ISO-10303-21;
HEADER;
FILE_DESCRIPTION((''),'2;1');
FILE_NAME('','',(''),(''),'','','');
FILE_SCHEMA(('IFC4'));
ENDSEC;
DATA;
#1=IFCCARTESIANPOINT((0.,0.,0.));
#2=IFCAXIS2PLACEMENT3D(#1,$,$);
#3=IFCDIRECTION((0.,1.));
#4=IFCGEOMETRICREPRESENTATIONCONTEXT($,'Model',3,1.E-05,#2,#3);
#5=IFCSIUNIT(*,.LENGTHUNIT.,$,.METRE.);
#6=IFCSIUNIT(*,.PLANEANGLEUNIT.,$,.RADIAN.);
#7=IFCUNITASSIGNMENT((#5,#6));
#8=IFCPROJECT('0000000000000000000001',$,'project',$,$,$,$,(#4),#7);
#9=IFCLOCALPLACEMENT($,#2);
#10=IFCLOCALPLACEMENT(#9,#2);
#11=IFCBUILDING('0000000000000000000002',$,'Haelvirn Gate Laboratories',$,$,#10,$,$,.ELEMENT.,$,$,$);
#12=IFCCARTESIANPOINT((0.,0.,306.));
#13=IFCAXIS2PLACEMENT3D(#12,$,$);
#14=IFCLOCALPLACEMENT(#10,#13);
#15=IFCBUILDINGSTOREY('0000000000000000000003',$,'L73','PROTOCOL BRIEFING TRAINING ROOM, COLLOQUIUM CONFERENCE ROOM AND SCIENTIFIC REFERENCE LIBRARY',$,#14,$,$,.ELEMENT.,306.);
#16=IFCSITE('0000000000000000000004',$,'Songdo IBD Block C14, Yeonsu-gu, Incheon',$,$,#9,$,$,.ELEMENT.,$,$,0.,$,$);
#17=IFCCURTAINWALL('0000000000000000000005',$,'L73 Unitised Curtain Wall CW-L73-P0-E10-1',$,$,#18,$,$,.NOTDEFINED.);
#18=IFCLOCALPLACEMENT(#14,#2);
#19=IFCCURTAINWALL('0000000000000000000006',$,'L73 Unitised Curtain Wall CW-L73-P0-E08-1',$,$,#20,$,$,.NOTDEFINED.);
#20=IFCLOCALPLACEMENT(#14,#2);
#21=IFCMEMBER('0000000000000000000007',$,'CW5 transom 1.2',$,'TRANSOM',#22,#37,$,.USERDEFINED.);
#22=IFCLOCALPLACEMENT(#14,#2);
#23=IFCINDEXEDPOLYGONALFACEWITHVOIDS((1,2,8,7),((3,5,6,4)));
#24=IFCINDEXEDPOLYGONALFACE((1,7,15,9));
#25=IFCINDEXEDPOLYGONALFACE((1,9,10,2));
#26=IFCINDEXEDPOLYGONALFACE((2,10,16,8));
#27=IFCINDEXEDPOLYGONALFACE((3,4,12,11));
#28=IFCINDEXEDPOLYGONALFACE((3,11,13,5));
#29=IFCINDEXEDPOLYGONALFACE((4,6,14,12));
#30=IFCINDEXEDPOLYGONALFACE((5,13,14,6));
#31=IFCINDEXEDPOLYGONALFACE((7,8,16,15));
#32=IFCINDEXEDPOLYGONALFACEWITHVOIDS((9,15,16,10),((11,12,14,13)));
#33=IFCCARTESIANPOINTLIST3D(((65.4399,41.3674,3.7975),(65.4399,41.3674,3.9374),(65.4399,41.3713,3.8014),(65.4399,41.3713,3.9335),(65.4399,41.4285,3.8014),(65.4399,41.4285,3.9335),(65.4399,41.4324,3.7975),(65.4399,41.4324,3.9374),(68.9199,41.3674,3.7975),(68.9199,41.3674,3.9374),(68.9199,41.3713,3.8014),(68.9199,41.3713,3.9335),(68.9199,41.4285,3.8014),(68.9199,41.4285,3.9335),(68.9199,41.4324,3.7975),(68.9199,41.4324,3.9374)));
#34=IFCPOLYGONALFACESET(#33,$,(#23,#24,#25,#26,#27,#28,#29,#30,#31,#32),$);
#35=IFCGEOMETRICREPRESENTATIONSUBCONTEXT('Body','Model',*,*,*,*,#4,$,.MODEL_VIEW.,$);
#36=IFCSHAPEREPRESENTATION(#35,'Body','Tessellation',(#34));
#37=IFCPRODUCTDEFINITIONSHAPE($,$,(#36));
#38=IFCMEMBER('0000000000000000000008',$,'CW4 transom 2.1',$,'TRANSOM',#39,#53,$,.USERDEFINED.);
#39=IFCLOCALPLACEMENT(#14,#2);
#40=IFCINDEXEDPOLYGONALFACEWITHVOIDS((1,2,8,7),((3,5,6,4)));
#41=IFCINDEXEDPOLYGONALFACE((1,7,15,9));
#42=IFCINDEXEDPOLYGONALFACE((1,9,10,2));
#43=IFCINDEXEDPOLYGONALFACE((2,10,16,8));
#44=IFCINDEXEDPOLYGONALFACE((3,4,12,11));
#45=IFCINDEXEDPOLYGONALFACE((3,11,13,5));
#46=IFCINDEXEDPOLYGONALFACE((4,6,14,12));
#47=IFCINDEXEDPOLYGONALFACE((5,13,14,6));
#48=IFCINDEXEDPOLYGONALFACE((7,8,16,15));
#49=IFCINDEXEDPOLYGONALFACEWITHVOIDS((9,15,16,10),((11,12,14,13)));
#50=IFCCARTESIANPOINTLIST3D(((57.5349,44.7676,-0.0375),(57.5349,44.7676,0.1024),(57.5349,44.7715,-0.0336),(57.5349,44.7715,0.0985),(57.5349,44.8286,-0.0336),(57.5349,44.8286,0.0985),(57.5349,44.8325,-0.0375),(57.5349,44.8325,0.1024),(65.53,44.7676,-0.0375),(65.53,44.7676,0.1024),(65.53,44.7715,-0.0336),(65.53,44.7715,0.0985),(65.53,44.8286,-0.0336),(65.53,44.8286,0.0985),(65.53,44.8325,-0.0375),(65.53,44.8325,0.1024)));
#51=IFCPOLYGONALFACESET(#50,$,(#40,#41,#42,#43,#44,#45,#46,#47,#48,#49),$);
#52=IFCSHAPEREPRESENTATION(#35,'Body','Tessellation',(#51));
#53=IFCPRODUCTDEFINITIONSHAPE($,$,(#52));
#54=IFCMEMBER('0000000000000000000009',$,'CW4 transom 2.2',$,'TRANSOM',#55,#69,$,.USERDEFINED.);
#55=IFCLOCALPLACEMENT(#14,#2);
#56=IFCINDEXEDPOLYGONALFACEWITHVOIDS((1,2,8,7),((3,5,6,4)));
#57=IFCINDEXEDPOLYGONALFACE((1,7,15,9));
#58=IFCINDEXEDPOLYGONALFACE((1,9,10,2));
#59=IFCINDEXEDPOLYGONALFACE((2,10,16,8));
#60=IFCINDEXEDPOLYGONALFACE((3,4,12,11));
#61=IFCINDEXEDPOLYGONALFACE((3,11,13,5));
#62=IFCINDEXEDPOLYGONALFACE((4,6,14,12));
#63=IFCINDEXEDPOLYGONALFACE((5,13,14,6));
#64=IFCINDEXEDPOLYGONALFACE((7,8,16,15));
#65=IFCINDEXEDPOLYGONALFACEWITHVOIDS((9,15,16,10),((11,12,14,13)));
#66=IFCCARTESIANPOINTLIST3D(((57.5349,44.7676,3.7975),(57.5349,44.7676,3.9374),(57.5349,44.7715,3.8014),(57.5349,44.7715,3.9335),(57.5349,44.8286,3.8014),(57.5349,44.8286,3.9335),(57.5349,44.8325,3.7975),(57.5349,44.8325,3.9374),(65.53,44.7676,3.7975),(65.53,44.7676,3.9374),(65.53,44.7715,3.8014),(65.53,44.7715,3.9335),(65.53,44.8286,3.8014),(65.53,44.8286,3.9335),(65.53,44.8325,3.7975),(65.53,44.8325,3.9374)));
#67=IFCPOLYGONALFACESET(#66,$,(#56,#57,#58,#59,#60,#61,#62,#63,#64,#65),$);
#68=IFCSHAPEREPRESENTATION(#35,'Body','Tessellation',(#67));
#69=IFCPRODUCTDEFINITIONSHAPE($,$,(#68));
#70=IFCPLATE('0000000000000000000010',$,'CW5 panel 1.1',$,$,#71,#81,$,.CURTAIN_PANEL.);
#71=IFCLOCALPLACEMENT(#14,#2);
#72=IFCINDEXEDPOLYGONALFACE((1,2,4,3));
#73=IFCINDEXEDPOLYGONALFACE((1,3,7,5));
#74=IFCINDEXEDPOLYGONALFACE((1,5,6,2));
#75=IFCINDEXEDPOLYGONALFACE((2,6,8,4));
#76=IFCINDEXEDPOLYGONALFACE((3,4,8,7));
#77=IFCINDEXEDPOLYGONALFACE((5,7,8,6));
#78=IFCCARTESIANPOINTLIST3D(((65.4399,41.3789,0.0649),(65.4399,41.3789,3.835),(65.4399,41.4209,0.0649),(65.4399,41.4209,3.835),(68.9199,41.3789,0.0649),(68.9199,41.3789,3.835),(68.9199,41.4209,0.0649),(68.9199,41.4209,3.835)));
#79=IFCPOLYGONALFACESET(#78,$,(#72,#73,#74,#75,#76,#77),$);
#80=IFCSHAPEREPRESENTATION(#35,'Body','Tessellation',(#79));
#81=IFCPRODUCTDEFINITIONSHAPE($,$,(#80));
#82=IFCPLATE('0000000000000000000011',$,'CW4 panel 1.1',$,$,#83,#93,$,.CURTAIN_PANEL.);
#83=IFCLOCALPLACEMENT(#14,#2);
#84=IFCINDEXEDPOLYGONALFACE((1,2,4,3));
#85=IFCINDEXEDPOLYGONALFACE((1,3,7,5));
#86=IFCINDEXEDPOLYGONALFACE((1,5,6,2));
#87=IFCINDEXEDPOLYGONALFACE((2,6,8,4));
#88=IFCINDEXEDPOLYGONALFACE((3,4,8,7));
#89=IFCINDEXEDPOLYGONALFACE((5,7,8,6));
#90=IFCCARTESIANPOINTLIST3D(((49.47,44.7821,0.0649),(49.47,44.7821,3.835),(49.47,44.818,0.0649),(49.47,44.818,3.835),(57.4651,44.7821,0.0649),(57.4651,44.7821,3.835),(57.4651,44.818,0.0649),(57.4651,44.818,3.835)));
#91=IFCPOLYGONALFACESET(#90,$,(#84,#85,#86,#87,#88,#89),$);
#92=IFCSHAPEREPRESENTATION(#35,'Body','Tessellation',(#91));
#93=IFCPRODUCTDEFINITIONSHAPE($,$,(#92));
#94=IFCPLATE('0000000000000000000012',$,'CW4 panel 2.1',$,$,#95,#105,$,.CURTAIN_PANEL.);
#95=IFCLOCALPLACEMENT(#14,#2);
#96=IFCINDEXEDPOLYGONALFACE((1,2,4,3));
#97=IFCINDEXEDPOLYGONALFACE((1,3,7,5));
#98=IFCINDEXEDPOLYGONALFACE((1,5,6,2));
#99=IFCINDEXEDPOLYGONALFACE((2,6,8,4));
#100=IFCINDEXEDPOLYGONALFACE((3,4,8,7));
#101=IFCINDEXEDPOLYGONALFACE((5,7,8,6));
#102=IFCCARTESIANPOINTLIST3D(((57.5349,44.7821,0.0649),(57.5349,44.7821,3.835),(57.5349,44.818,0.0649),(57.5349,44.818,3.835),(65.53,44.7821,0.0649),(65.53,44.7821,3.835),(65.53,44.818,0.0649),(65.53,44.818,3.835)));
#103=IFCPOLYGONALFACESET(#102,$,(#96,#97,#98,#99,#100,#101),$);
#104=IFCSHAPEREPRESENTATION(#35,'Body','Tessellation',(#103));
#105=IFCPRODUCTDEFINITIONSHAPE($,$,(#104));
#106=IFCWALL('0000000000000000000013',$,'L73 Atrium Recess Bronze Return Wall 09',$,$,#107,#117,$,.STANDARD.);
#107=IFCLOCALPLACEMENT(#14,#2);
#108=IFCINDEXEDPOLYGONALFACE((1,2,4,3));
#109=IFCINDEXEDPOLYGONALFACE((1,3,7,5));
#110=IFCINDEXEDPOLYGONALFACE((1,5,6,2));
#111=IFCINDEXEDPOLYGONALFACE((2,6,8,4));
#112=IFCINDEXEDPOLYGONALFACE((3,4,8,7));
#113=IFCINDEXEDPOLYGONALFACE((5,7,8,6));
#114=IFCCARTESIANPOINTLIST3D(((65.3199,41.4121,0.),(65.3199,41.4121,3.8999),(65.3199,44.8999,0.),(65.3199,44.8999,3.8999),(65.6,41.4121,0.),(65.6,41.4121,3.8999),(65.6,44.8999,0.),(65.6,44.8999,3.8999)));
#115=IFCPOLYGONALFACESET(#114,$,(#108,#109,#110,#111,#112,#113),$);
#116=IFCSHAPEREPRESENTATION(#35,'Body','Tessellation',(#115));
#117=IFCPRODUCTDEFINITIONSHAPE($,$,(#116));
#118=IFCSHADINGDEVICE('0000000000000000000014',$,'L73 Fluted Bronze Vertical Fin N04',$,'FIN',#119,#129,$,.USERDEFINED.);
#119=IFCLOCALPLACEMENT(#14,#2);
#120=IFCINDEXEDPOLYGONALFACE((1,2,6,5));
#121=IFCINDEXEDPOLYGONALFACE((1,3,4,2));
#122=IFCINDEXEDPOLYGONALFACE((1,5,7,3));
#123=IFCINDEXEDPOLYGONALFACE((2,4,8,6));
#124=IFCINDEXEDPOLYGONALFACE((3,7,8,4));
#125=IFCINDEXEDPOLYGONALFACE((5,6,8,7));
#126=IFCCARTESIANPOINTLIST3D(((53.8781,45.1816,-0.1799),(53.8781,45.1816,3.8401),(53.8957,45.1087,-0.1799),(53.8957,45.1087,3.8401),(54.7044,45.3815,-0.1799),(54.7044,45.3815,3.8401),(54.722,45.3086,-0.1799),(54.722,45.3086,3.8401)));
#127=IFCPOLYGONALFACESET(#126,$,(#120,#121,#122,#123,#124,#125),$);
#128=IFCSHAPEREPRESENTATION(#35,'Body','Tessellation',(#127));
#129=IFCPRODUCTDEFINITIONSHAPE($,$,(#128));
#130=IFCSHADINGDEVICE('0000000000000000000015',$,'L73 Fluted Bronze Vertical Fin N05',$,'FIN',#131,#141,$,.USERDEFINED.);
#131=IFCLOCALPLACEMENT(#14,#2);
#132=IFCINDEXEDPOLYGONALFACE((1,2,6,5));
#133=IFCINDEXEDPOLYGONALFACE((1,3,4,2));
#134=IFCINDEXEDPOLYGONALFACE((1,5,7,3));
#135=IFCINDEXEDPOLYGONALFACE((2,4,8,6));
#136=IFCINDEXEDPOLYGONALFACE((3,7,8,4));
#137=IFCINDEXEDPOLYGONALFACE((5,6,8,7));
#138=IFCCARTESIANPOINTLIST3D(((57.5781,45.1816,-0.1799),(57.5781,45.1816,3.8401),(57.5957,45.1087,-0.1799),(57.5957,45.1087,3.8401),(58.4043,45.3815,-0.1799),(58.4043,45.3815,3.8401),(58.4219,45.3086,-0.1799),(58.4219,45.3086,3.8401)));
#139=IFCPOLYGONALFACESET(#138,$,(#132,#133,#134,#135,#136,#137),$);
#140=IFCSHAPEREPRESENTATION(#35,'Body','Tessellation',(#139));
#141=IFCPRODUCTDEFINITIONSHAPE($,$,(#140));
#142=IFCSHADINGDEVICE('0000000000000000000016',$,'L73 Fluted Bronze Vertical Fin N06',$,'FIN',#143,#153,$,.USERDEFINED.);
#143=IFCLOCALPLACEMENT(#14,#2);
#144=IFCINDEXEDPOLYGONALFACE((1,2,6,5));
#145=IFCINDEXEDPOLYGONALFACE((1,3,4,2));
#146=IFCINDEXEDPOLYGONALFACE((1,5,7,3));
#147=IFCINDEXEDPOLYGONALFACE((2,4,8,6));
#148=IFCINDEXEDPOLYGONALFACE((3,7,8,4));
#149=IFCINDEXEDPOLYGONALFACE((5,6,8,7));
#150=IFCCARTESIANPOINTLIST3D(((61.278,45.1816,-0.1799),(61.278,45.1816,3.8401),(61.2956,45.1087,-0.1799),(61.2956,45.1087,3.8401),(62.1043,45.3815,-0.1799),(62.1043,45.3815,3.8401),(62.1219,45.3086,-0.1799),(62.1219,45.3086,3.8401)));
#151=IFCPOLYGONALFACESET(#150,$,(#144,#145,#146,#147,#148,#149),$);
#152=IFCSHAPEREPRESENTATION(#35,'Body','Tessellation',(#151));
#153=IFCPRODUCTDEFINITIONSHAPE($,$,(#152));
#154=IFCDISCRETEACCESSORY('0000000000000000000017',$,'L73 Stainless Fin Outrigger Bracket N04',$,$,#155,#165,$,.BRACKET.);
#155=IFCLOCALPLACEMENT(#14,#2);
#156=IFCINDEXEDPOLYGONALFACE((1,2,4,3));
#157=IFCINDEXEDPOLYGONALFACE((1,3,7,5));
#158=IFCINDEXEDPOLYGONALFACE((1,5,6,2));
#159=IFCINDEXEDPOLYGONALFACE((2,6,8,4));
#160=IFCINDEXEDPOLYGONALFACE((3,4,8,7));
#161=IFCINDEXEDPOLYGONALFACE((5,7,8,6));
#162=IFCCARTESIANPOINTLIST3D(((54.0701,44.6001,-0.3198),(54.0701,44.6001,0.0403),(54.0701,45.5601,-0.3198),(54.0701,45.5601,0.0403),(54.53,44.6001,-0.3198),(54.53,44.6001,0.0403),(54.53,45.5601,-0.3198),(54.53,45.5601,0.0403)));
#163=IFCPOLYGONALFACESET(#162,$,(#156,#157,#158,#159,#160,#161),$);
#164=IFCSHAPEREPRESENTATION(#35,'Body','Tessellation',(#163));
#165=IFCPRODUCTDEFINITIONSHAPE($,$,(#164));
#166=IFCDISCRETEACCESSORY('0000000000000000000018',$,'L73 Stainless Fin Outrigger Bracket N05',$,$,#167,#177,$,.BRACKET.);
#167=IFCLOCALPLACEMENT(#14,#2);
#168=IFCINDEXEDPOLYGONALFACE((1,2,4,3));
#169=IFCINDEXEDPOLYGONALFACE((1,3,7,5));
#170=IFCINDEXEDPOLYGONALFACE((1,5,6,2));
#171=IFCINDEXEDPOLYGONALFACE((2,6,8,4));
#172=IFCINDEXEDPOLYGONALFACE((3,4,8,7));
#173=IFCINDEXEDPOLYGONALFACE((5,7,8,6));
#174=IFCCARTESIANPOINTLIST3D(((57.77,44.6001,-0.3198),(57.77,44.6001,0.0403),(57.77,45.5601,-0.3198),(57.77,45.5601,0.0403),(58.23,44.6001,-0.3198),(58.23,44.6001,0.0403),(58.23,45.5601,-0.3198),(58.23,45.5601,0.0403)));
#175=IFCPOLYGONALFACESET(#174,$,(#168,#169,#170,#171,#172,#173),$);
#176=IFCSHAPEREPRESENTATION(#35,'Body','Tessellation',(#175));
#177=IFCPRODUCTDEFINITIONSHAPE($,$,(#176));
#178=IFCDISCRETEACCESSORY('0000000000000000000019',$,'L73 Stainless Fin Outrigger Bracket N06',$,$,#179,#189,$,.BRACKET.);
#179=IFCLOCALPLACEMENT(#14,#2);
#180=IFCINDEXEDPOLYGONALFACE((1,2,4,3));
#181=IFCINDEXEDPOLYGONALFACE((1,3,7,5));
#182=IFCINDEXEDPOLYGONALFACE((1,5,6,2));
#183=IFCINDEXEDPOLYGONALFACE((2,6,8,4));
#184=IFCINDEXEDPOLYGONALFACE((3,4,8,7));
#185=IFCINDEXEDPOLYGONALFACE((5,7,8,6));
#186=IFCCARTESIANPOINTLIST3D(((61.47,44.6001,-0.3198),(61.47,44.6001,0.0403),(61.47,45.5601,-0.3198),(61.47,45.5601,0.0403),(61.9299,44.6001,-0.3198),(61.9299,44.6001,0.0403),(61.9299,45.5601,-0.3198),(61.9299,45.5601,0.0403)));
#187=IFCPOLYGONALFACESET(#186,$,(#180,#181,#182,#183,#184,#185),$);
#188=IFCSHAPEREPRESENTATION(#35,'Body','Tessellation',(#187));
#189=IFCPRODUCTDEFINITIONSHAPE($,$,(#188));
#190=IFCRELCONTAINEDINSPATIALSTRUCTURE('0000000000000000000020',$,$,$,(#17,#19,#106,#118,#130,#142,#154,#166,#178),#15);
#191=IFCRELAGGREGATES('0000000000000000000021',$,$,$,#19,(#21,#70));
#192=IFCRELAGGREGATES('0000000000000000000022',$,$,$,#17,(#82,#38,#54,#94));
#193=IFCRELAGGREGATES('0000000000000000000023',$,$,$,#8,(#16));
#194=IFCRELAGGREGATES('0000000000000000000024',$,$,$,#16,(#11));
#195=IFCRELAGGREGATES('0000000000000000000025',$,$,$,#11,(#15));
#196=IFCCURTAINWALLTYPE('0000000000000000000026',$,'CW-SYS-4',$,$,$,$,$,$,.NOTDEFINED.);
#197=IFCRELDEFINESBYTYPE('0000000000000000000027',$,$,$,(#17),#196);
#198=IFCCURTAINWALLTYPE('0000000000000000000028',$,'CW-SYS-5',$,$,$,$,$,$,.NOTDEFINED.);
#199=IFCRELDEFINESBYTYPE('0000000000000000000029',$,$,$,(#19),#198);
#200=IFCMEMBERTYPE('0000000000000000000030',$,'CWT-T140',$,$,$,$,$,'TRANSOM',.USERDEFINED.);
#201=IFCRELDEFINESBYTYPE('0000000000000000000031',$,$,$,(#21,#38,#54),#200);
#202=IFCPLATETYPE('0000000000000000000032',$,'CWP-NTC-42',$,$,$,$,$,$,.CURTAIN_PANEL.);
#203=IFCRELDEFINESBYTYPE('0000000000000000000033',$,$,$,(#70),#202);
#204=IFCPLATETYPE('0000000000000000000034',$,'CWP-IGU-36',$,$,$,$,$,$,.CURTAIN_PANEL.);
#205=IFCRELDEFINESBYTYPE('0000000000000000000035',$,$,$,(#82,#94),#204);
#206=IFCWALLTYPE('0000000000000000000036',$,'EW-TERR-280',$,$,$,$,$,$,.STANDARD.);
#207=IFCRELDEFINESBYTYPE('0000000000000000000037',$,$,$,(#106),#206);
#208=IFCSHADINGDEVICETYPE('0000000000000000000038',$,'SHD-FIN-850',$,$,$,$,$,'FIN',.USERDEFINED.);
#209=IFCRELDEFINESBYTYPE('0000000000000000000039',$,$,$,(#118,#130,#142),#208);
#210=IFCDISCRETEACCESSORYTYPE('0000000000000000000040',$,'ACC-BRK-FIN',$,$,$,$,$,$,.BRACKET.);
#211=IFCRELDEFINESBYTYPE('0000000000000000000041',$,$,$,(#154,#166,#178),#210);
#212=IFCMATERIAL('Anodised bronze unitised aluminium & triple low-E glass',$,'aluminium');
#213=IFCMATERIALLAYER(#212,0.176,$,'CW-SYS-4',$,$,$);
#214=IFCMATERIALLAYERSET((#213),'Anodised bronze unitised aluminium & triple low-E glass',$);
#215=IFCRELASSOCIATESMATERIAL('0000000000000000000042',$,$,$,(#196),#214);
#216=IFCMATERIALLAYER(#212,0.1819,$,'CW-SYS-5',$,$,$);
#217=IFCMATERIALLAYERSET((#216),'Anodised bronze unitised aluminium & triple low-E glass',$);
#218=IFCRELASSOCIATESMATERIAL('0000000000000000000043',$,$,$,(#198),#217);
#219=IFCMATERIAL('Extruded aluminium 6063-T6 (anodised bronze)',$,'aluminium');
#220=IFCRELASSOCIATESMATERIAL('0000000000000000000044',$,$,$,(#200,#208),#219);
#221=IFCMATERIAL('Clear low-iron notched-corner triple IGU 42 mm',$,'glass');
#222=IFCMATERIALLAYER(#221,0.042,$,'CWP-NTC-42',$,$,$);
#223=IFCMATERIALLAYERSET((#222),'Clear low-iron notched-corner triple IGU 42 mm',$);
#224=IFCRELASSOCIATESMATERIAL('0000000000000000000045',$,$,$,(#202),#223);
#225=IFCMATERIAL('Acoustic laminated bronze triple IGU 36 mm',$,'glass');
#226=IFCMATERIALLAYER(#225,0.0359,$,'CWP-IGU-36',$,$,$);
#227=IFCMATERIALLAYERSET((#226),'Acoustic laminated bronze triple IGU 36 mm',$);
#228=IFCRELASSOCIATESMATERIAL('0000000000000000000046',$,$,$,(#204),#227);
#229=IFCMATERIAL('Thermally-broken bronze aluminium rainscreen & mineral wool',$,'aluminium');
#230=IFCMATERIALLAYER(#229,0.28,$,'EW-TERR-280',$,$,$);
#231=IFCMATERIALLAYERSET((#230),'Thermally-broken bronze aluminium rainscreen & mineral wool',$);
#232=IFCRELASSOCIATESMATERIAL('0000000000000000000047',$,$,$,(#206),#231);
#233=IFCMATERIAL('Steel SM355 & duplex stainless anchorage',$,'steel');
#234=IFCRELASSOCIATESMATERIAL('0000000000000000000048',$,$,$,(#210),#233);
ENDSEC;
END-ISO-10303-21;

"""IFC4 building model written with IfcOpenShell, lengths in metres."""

from ifc_helpers import new_model, si_unit, direction, frame, frame_2d, origin, origin_2d, place, context, subcontext, project, spatial, rectangle, hollow_rectangle, extrude, source, transform, mapped, material, layer, layer_set, material_profile, profile_set, type_object, type_shapes, element, aggregate, save


model = new_model("IFC4")

# Units and contexts
model_context = context("Model", 3, precision=1e-05, world=origin(), true_north=direction((0.0, 1.0)))
body_context = subcontext(model_context, "Body", "Model", "MODEL_VIEW")
ifc_project = project(units=[si_unit("LENGTHUNIT", "METRE"), si_unit("PLANEANGLEUNIT", "RADIAN")], contexts=[model_context])

# Site, building, storey
site_placement = place(None, origin())
site = spatial("IfcSite", under=ifc_project, at=site_placement, Name="Songdo IBD Block C14, Yeonsu-gu, Incheon", CompositionType="ELEMENT", RefElevation=0.0)
building_placement = place(site_placement, origin())
building = spatial("IfcBuilding", under=site, at=building_placement, Name="Haelvirn Gate Laboratories", CompositionType="ELEMENT")
storey_placement = place(building_placement, frame((0.0, 0.0, 306.0)))
storey = spatial("IfcBuildingStorey", under=building, at=storey_placement, Name="L73", Description="PROTOCOL BRIEFING TRAINING ROOM, COLLOQUIUM CONFERENCE ROOM AND SCIENTIFIC REFERENCE LIBRARY", CompositionType="ELEMENT", Elevation=306.0)

# Shared definitions
ifc_material_1 = material(Name="Anodised bronze unitised aluminium & triple low-E glass", Category="aluminium")
ifc_layer_1 = layer(ifc_material_1, 0.176, Name="CW-SYS-4")
ifc_layer_set_1 = layer_set([ifc_layer_1], Name="Anodised bronze unitised aluminium & triple low-E glass")
curtain_wall_type_1 = type_object("IfcCurtainWallType", Name="CW-SYS-4", PredefinedType="NOTDEFINED", material=ifc_layer_set_1)
ifc_material_2 = material(Name="Extruded aluminium 6063-T6 (anodised bronze)", Category="aluminium")

# Curtain walls, member
curtain_wall_1_placement = place(storey_placement, origin())
curtain_wall_1 = element("IfcCurtainWall", 1, at=curtain_wall_1_placement, inside=storey, type_object=curtain_wall_type_1, Name="L73 Unitised Curtain Wall CW-L73-P0-E10-1", PredefinedType="NOTDEFINED")
ifc_layer_2 = layer(ifc_material_1, 0.1819, Name="CW-SYS-5")
ifc_layer_set_2 = layer_set([ifc_layer_2], Name="Anodised bronze unitised aluminium & triple low-E glass")
curtain_wall_type_2 = type_object("IfcCurtainWallType", Name="CW-SYS-5", PredefinedType="NOTDEFINED", material=ifc_layer_set_2)
curtain_wall_2_placement = place(storey_placement, origin())
curtain_wall_2 = element("IfcCurtainWall", 2, at=curtain_wall_2_placement, inside=storey, type_object=curtain_wall_type_2, Name="L73 Unitised Curtain Wall CW-L73-P0-E08-1", PredefinedType="NOTDEFINED")
ifc_material_profile_1 = material_profile(ifc_material_2, hollow_rectangle(XDim=0.0649, YDim=0.1399, WallThickness=0.0039, at=origin_2d()), Name="CWT-140x65x4")
ifc_profile_set_1 = profile_set([ifc_material_profile_1], Name="Extruded aluminium 6063-T6 (anodised bronze)")
member_type_1 = type_object("IfcMemberType", Name="CWT-T140", ElementType="TRANSOM", PredefinedType="USERDEFINED", material=ifc_profile_set_1)
shared_shape_1 = source(origin(), body_context, "Body", "SweptSolid", [
    extrude(hollow_rectangle(XDim=0.0649, YDim=0.1399, WallThickness=0.0039, at=origin_2d()), origin(), (0.0, 0.0, 1.0), 3.48),
])
member_1_placement = place(storey_placement, frame((65.4399, 41.3999, 3.8674), z_axis=(1.0, 0.0, 0.0), x_axis=(0.0, 1.0, 0.0)))
member_1 = element("IfcMember", 3, at=member_1_placement, type_object=member_type_1, Name="CW5 transom 1.2", ObjectType="TRANSOM", PredefinedType="USERDEFINED", context=body_context, shape_type="MappedRepresentation", body=[
    mapped(shared_shape_1, transform((0.0, 0.0, 0.0), scale=1.0)),
])

# Members
shared_shape_2 = source(origin(), body_context, "Body", "SweptSolid", [
    extrude(hollow_rectangle(XDim=0.0649, YDim=0.1399, WallThickness=0.0039, at=origin_2d()), origin(), (0.0, 0.0, 1.0), 7.9951),
])
type_shapes(member_type_1, [shared_shape_1, shared_shape_2])
member_2_placement = place(storey_placement, frame((57.5349, 44.8, 0.0325), z_axis=(1.0, 0.0, 0.0), x_axis=(0.0, 1.0, 0.0)))
member_2 = element("IfcMember", 4, at=member_2_placement, type_object=member_type_1, Name="CW4 transom 2.1", ObjectType="TRANSOM", PredefinedType="USERDEFINED", context=body_context, shape_type="MappedRepresentation", body=[
    mapped(shared_shape_2, transform((0.0, 0.0, 0.0), scale=1.0)),
])
member_3_placement = place(storey_placement, frame((57.5349, 44.8, 3.8674), z_axis=(1.0, 0.0, 0.0), x_axis=(0.0, 1.0, 0.0)))
member_3 = element("IfcMember", 5, at=member_3_placement, type_object=member_type_1, Name="CW4 transom 2.2", ObjectType="TRANSOM", PredefinedType="USERDEFINED", context=body_context, shape_type="MappedRepresentation", body=[
    mapped(shared_shape_2, transform((0.0, 0.0, 0.0), scale=1.0)),
])

# Plates
ifc_material_3 = material(Name="Clear low-iron notched-corner triple IGU 42 mm", Category="glass")
ifc_layer_3 = layer(ifc_material_3, 0.042, Name="CWP-NTC-42")
ifc_layer_set_3 = layer_set([ifc_layer_3], Name="Clear low-iron notched-corner triple IGU 42 mm")
plate_type_1 = type_object("IfcPlateType", Name="CWP-NTC-42", PredefinedType="CURTAIN_PANEL", material=ifc_layer_set_3)
shared_shape_3 = source(origin(), body_context, "Body", "SweptSolid", [
    extrude(rectangle(XDim=3.48, YDim=0.042, at=origin_2d()), origin(), (0.0, 0.0, 1.0), 3.77),
])
type_shapes(plate_type_1, [shared_shape_3])
plate_1_placement = place(storey_placement, frame((67.1799, 41.3999, 0.0649), z_axis=(0.0, 0.0, 1.0), x_axis=(1.0, 0.0, 0.0)))
plate_1 = element("IfcPlate", 6, at=plate_1_placement, type_object=plate_type_1, Name="CW5 panel 1.1", PredefinedType="CURTAIN_PANEL", context=body_context, shape_type="MappedRepresentation", body=[
    mapped(shared_shape_3, transform((0.0, 0.0, 0.0), scale=1.0)),
])
aggregate(curtain_wall_2, [member_1, plate_1])
ifc_material_4 = material(Name="Acoustic laminated bronze triple IGU 36 mm", Category="glass")
ifc_layer_4 = layer(ifc_material_4, 0.0359, Name="CWP-IGU-36")
ifc_layer_set_4 = layer_set([ifc_layer_4], Name="Acoustic laminated bronze triple IGU 36 mm")
plate_type_2 = type_object("IfcPlateType", Name="CWP-IGU-36", PredefinedType="CURTAIN_PANEL", material=ifc_layer_set_4)
shared_shape_4 = source(origin(), body_context, "Body", "SweptSolid", [
    extrude(rectangle(XDim=7.9951, YDim=0.0359, at=origin_2d()), origin(), (0.0, 0.0, 1.0), 3.77),
])
type_shapes(plate_type_2, [shared_shape_4])
plate_2_placement = place(storey_placement, frame((53.4675, 44.8, 0.0649), z_axis=(0.0, 0.0, 1.0), x_axis=(1.0, 0.0, 0.0)))
plate_2 = element("IfcPlate", 7, at=plate_2_placement, type_object=plate_type_2, Name="CW4 panel 1.1", PredefinedType="CURTAIN_PANEL", context=body_context, shape_type="MappedRepresentation", body=[
    mapped(shared_shape_4, transform((0.0, 0.0, 0.0), scale=1.0)),
])
plate_3_placement = place(storey_placement, frame((61.5325, 44.8, 0.0649), z_axis=(0.0, 0.0, 1.0), x_axis=(1.0, 0.0, 0.0)))
plate_3 = element("IfcPlate", 8, at=plate_3_placement, type_object=plate_type_2, Name="CW4 panel 2.1", PredefinedType="CURTAIN_PANEL", context=body_context, shape_type="MappedRepresentation", body=[
    mapped(shared_shape_4, transform((0.0, 0.0, 0.0), scale=1.0)),
])
aggregate(curtain_wall_1, [plate_2, member_2, member_3, plate_3])

# Wall
ifc_material_5 = material(Name="Thermally-broken bronze aluminium rainscreen & mineral wool", Category="aluminium")
ifc_layer_5 = layer(ifc_material_5, 0.28, Name="EW-TERR-280")
ifc_layer_set_5 = layer_set([ifc_layer_5], Name="Thermally-broken bronze aluminium rainscreen & mineral wool")
wall_type = type_object("IfcWallType", Name="EW-TERR-280", PredefinedType="STANDARD", material=ifc_layer_set_5)
wall_placement = place(storey_placement, frame((65.46, 41.4121, 0.0), z_axis=(0.0, 0.0, 1.0), x_axis=(0.0, 1.0, 0.0)))
element("IfcWall", 9, at=wall_placement, inside=storey, type_object=wall_type, Name="L73 Atrium Recess Bronze Return Wall 09", PredefinedType="STANDARD", context=body_context, shape_type="SweptSolid", body=[
    extrude(rectangle(XDim=3.4878, YDim=0.28, at=frame_2d((1.7439, 0.0))), origin(), (0.0, 0.0, 1.0), 3.8999),
])

# Shading devices
ifc_material_profile_2 = material_profile(ifc_material_2, rectangle(XDim=0.075, YDim=0.8501, at=origin_2d()), Name="FIN-850x75")
ifc_profile_set_2 = profile_set([ifc_material_profile_2], Name="Extruded aluminium 6063-T6 (anodised bronze)")
shading_device_type = type_object("IfcShadingDeviceType", Name="SHD-FIN-850", ElementType="FIN", PredefinedType="USERDEFINED", material=ifc_profile_set_2)
shared_shape_5 = source(origin(), body_context, "Body", "SweptSolid", [
    extrude(rectangle(XDim=0.075, YDim=0.8501, at=origin_2d()), origin(), (0.0, 0.0, 1.0), 4.02),
])
type_shapes(shading_device_type, [shared_shape_5])
for number, where, z_axis, x_axis, name in (
    (10, (54.3, 45.2451, -0.1799), (0.0, 0.0, 1.0), (-0.235142, 0.971961, 0.0), "L73 Fluted Bronze Vertical Fin N04"),
    (11, (58.0, 45.2451, -0.1799), (0.0, 0.0, 1.0), (-0.235142, 0.971961, 0.0), "L73 Fluted Bronze Vertical Fin N05"),
    (12, (61.7, 45.2451, -0.1799), (0.0, 0.0, 1.0), (-0.235142, 0.971961, 0.0), "L73 Fluted Bronze Vertical Fin N06"),
):
    element("IfcShadingDevice", number, at=place(storey_placement, frame(where, z_axis=z_axis, x_axis=x_axis)), inside=storey, type_object=shading_device_type, Name=name, ObjectType="FIN", PredefinedType="USERDEFINED", context=body_context, shape_type="MappedRepresentation", body=[
        mapped(shared_shape_5, transform((0.0, 0.0, 0.0), scale=1.0)),
    ])

# Discrete accessories
ifc_material_6 = material(Name="Steel SM355 & duplex stainless anchorage", Category="steel")
discrete_accessory_type = type_object("IfcDiscreteAccessoryType", Name="ACC-BRK-FIN", PredefinedType="BRACKET", material=ifc_material_6)
shared_shape_6 = source(origin(), body_context, "Body", "SweptSolid", [
    extrude(rectangle(XDim=0.46, YDim=0.96, at=origin_2d()), origin(), (0.0, 0.0, 1.0), 0.3601),
])
type_shapes(discrete_accessory_type, [shared_shape_6])
for number, where, z_axis, x_axis, name in (
    (13, (54.3, 45.0801, -0.3198), (0.0, 0.0, 1.0), (1.0, 0.0, 0.0), "L73 Stainless Fin Outrigger Bracket N04"),
    (14, (58.0, 45.0801, -0.3198), (0.0, 0.0, 1.0), (1.0, 0.0, 0.0), "L73 Stainless Fin Outrigger Bracket N05"),
    (15, (61.7, 45.0801, -0.3198), (0.0, 0.0, 1.0), (1.0, 0.0, 0.0), "L73 Stainless Fin Outrigger Bracket N06"),
):
    element("IfcDiscreteAccessory", number, at=place(storey_placement, frame(where, z_axis=z_axis, x_axis=x_axis)), inside=storey, type_object=discrete_accessory_type, Name=name, PredefinedType="BRACKET", context=body_context, shape_type="MappedRepresentation", body=[
        mapped(shared_shape_6, transform((0.0, 0.0, 0.0), scale=1.0)),
    ])

save(model, "model.ifc")
